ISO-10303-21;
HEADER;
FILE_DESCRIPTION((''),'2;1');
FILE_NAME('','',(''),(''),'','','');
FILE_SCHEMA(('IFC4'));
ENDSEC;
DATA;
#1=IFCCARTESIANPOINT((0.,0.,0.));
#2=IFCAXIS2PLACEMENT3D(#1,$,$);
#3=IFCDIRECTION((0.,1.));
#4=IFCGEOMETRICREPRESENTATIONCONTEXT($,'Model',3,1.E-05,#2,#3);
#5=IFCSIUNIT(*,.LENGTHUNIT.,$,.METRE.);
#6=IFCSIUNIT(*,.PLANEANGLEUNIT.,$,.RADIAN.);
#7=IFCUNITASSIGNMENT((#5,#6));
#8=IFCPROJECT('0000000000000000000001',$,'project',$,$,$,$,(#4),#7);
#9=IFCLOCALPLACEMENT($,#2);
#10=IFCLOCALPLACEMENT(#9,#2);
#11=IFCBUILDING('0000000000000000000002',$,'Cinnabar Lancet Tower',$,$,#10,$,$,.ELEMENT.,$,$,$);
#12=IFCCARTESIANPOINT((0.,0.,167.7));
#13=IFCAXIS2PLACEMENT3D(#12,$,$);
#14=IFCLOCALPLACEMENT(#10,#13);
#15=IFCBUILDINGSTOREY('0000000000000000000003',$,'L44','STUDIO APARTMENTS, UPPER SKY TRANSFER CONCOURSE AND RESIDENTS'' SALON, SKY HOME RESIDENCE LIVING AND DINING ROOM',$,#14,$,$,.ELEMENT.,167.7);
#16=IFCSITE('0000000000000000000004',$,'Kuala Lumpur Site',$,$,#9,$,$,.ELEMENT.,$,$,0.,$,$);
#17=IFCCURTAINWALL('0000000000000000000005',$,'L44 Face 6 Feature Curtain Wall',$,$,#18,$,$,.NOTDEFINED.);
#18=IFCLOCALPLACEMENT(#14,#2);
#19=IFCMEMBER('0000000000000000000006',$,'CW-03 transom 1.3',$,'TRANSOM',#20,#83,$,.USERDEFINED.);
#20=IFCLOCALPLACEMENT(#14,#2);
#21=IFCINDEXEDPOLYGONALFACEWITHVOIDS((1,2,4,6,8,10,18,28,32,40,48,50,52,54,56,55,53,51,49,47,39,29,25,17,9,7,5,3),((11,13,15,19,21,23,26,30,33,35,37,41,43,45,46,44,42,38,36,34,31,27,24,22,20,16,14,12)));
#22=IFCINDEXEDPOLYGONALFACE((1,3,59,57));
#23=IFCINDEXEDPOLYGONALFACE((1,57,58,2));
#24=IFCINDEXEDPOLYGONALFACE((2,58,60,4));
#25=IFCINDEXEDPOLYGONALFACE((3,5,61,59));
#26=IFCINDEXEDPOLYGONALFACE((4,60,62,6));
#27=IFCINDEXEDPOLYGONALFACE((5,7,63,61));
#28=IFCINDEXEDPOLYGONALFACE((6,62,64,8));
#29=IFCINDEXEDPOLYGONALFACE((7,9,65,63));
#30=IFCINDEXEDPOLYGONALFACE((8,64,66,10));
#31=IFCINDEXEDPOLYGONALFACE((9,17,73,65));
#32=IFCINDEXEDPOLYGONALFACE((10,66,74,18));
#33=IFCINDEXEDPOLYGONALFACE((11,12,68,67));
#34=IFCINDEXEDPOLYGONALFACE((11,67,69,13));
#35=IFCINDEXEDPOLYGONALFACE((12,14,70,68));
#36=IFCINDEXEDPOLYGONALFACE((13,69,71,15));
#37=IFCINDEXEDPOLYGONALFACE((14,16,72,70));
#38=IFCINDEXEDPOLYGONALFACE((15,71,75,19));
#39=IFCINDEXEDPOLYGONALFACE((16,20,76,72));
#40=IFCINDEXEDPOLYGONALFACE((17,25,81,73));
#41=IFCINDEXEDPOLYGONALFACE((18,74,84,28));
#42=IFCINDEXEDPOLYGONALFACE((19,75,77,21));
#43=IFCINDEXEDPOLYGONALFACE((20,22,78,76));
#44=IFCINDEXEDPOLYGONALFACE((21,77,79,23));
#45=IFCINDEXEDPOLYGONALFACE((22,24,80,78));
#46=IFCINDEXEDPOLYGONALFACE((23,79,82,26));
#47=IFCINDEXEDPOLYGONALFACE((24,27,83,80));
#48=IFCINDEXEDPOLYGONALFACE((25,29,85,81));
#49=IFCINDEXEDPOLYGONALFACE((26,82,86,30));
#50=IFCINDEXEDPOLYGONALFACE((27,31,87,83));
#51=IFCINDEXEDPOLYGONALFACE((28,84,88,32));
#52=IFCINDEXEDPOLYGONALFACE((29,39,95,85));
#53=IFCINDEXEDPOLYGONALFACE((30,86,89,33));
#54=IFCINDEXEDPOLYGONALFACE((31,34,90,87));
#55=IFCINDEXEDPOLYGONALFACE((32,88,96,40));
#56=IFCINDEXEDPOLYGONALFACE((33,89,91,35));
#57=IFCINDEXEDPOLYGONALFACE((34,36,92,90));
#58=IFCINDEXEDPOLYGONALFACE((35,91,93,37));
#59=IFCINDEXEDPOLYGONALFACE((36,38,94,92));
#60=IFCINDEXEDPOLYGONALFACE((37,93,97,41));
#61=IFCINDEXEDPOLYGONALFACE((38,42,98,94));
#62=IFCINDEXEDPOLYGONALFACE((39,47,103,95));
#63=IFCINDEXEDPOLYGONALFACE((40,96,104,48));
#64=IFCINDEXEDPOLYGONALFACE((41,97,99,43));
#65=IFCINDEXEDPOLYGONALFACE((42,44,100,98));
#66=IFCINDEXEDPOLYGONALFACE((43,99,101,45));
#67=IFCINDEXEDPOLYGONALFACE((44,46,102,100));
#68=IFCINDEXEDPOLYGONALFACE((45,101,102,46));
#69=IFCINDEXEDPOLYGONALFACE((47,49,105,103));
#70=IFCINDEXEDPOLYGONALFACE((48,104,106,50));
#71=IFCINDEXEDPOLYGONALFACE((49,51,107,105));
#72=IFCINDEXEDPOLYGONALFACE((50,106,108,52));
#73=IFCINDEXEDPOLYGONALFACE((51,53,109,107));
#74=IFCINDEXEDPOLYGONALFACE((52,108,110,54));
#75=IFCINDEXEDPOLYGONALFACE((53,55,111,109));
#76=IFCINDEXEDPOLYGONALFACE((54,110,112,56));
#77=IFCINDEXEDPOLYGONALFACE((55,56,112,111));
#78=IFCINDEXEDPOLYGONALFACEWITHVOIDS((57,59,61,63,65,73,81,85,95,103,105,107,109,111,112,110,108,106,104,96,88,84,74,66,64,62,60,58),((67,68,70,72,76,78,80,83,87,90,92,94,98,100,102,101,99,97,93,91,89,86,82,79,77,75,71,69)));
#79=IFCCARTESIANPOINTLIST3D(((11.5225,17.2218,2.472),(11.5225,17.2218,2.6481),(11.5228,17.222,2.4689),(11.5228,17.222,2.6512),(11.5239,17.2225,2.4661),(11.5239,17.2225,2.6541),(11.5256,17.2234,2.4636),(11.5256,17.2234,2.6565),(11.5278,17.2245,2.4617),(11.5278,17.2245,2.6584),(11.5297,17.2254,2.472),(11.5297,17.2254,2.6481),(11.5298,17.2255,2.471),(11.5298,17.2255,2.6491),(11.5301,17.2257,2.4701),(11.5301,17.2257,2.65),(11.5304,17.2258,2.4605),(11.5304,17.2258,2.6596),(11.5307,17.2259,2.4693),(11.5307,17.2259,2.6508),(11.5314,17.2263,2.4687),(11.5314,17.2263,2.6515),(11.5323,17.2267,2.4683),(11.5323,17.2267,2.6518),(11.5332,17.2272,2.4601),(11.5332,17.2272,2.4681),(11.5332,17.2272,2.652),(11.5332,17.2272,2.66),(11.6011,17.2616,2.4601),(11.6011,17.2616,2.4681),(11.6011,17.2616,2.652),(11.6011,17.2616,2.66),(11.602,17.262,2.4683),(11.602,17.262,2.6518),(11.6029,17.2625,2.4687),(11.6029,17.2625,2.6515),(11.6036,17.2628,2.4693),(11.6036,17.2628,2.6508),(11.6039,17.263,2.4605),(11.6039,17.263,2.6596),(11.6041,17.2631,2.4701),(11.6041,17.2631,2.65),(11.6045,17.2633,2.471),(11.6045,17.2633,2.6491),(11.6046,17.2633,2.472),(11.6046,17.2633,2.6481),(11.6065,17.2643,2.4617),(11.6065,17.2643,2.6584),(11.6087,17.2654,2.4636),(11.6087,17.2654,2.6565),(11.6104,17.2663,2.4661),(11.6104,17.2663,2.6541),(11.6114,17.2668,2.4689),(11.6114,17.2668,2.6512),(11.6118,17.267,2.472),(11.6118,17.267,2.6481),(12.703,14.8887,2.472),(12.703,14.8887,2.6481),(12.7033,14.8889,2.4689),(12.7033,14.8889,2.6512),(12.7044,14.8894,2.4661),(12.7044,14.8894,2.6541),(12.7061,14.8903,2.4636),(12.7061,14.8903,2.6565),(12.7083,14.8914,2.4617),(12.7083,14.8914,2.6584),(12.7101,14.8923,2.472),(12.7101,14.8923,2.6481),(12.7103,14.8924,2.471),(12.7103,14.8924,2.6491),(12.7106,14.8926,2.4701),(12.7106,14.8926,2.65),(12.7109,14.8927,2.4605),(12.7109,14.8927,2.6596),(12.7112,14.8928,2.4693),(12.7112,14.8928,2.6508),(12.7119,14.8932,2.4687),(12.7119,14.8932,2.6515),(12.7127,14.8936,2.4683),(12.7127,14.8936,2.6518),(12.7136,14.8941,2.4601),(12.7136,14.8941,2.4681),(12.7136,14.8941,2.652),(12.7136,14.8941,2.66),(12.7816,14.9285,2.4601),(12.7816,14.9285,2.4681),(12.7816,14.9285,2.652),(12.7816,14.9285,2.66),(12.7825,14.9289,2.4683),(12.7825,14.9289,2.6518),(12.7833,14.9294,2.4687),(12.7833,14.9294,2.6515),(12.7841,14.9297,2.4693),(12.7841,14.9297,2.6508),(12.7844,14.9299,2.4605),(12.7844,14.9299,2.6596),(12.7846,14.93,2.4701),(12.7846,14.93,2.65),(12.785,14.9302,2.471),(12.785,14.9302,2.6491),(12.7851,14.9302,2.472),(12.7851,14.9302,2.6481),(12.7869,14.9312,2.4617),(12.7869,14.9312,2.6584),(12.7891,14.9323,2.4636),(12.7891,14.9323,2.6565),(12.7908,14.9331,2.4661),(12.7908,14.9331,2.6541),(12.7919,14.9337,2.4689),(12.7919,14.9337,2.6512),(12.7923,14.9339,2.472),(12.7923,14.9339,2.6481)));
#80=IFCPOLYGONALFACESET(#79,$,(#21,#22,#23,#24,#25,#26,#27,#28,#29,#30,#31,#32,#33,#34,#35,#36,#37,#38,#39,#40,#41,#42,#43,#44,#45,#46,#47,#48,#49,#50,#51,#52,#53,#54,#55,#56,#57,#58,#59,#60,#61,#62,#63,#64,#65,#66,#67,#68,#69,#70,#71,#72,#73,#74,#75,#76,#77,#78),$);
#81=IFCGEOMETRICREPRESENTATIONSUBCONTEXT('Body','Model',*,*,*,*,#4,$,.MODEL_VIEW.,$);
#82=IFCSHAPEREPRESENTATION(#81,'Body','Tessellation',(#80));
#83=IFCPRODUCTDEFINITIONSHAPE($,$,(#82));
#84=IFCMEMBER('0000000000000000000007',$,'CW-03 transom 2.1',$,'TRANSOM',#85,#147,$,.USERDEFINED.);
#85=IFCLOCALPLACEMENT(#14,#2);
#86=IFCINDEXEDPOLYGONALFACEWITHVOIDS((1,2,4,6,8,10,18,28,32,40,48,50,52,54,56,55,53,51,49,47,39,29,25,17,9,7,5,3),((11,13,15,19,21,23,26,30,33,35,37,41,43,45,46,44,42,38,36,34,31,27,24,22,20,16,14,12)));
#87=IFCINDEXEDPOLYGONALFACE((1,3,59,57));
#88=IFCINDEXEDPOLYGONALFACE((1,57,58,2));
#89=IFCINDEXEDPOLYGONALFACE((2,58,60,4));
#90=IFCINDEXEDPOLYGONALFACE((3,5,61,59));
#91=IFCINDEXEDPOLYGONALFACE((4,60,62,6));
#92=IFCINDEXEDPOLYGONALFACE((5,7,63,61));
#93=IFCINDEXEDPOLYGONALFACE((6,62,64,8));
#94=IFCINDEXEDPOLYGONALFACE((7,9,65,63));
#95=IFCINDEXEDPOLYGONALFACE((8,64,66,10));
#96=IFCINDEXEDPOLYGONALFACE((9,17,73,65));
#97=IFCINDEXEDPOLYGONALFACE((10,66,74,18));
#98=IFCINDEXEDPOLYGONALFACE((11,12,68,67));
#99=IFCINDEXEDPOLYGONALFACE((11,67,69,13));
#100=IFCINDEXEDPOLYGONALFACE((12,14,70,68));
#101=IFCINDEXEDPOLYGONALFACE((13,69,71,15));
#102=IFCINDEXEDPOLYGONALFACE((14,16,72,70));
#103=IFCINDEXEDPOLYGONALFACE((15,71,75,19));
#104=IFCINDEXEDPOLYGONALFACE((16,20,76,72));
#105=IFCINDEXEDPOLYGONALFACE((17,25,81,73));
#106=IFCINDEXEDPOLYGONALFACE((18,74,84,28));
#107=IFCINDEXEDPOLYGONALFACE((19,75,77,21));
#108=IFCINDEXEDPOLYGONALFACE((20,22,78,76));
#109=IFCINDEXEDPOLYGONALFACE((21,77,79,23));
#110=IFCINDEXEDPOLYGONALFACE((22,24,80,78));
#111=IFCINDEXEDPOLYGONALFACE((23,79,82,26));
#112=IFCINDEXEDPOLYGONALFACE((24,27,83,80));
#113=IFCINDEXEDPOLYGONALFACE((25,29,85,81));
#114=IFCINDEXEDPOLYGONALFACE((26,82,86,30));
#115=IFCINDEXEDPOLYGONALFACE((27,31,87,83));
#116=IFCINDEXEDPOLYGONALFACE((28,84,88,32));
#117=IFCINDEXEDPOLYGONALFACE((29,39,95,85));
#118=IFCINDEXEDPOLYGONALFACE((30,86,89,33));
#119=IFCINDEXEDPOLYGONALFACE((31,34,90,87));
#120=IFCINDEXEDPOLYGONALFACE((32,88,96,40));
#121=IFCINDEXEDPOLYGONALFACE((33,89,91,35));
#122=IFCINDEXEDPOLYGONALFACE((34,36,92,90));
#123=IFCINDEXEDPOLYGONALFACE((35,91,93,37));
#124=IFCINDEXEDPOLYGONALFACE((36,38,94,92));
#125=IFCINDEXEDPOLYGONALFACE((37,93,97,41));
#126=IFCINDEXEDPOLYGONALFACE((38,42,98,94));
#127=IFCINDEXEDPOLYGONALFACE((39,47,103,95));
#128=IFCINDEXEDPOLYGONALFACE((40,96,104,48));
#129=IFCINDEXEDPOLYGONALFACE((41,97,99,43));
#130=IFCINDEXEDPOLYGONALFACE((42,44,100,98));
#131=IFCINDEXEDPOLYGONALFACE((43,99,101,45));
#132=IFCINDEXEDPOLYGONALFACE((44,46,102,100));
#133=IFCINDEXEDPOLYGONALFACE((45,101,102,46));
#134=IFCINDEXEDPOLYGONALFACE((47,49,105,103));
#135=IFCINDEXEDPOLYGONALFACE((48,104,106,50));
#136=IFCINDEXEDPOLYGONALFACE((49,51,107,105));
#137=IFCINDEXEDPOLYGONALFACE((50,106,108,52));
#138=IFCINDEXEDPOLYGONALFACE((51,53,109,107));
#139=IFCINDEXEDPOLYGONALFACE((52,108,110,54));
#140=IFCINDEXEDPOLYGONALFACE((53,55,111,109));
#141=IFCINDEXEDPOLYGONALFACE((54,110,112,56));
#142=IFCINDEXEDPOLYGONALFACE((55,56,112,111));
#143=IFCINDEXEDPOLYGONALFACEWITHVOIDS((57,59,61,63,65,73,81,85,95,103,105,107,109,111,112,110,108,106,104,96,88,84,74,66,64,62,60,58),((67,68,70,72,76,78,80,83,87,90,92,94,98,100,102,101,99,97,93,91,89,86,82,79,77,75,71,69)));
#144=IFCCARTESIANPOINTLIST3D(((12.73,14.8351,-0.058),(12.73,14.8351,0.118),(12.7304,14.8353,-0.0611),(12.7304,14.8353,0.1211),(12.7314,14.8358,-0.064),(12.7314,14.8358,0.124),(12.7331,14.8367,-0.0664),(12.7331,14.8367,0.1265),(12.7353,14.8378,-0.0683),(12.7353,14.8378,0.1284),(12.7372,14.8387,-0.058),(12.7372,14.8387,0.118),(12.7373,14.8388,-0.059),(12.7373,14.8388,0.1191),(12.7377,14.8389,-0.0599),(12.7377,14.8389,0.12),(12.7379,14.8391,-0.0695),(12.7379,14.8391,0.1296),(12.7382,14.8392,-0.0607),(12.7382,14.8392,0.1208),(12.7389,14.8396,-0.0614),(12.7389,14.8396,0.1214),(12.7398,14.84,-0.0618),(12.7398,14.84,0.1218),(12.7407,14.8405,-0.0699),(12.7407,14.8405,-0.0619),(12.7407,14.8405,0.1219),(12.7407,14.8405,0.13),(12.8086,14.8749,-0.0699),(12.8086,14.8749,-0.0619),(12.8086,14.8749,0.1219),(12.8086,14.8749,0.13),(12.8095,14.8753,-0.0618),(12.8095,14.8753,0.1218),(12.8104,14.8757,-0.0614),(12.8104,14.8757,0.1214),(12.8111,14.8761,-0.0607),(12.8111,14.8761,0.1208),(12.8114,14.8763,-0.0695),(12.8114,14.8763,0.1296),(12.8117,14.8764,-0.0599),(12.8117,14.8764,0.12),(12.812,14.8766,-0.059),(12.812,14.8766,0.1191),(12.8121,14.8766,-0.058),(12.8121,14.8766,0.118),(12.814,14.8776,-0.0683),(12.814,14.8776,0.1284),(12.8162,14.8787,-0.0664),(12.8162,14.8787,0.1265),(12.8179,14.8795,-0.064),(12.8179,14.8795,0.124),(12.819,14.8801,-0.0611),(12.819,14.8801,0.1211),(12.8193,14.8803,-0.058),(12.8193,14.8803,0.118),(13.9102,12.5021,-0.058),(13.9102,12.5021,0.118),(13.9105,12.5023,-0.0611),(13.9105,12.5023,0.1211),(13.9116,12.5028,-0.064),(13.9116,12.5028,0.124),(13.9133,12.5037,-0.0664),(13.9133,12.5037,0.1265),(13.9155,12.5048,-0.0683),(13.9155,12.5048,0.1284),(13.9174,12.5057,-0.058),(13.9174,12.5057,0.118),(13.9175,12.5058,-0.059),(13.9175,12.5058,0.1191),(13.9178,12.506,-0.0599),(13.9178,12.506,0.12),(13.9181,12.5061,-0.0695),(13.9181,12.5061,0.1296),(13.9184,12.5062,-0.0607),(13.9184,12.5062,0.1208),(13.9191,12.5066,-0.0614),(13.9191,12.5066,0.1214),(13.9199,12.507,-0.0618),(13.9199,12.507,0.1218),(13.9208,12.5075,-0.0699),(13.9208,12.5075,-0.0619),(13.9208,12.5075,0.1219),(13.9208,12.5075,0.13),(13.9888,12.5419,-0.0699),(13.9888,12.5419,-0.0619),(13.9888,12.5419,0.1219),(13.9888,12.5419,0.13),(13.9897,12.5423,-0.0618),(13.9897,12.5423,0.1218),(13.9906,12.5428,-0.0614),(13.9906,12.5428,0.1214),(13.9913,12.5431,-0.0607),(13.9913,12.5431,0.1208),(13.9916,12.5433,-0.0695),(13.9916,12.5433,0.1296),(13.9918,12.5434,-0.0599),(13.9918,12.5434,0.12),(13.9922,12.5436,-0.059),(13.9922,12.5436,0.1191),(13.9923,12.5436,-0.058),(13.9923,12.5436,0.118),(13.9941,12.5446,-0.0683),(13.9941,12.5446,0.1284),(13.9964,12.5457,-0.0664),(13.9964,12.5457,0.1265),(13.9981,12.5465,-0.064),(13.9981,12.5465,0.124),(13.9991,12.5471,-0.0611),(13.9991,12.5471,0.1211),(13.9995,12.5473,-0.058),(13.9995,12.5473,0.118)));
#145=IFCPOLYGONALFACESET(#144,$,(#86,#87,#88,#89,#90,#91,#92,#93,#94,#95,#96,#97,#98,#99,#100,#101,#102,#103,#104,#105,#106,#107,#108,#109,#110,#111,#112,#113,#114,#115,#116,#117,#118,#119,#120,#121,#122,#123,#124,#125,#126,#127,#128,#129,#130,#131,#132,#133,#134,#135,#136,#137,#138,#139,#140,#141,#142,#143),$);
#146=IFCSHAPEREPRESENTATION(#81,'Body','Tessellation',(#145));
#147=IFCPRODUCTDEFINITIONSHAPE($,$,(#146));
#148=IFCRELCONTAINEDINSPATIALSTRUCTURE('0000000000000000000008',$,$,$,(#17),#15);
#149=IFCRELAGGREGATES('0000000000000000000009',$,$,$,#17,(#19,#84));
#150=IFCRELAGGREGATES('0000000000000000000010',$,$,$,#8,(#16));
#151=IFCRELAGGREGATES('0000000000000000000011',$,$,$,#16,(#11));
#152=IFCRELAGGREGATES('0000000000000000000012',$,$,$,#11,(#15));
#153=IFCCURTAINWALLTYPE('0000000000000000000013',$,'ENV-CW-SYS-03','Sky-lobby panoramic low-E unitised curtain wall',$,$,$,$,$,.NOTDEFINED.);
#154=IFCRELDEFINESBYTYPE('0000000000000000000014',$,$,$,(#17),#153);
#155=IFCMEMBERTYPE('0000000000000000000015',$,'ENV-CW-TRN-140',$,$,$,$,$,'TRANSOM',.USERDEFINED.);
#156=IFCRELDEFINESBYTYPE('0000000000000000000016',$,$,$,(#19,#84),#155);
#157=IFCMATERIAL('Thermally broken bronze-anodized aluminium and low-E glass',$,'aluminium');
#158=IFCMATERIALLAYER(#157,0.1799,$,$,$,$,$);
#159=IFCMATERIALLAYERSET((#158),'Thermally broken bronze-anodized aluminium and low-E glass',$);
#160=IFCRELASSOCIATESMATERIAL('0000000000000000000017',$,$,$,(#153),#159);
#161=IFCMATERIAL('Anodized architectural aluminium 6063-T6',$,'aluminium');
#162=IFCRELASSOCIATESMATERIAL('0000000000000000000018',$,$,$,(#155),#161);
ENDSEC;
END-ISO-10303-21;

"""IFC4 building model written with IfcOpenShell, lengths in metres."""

from ifc_helpers import new_model, si_unit, direction, frame, origin, origin_2d, place, context, subcontext, project, spatial, hollow_rectangle, extrude, material, layer, layer_set, material_profile, profile_set, type_object, element, aggregate, save


model = new_model("IFC4")

# Units and contexts
model_context = context("Model", 3, precision=1e-05, world=origin(), true_north=direction((0.0, 1.0)))
body_context = subcontext(model_context, "Body", "Model", "MODEL_VIEW")
ifc_project = project(units=[si_unit("LENGTHUNIT", "METRE"), si_unit("PLANEANGLEUNIT", "RADIAN")], contexts=[model_context])

# Site, building, storey
site_placement = place(None, origin())
site = spatial("IfcSite", under=ifc_project, at=site_placement, Name="Kuala Lumpur Site", CompositionType="ELEMENT", RefElevation=0.0)
building_placement = place(site_placement, origin())
building = spatial("IfcBuilding", under=site, at=building_placement, Name="Cinnabar Lancet Tower", CompositionType="ELEMENT")
storey_placement = place(building_placement, frame((0.0, 0.0, 167.7)))
storey = spatial("IfcBuildingStorey", under=building, at=storey_placement, Name="L44", Description="STUDIO APARTMENTS, UPPER SKY TRANSFER CONCOURSE AND RESIDENTS' SALON, SKY HOME RESIDENCE LIVING AND DINING ROOM", CompositionType="ELEMENT", Elevation=167.7)

# Curtain wall, members
ifc_material_1 = material(Name="Thermally broken bronze-anodized aluminium and low-E glass", Category="aluminium")
ifc_layer_1 = layer(ifc_material_1, 0.1799)
ifc_layer_set_1 = layer_set([ifc_layer_1], Name="Thermally broken bronze-anodized aluminium and low-E glass")
curtain_wall_type = type_object("IfcCurtainWallType", Name="ENV-CW-SYS-03", Description="Sky-lobby panoramic low-E unitised curtain wall", PredefinedType="NOTDEFINED", material=ifc_layer_set_1)
curtain_wall_placement = place(storey_placement, origin())
curtain_wall = element("IfcCurtainWall", 1, at=curtain_wall_placement, inside=storey, type_object=curtain_wall_type, Name="L44 Face 6 Feature Curtain Wall", PredefinedType="NOTDEFINED")
ifc_material_2 = material(Name="Anodized architectural aluminium 6063-T6", Category="aluminium")
ifc_material_profile_1 = material_profile(ifc_material_2, hollow_rectangle(XDim=0.1001, YDim=0.2, WallThickness=0.0081, InnerFilletRadius=0.0039, OuterFilletRadius=0.012, at=origin_2d()), Name="RHS 200x100x8")
ifc_profile_set_1 = profile_set([ifc_material_profile_1], Name="Anodized architectural aluminium 6063-T6")
member_type_1 = type_object("IfcMemberType", Name="ENV-CW-TRN-140", ElementType="TRANSOM", PredefinedType="USERDEFINED", material=ifc_profile_set_1)
member_1_placement = place(storey_placement, frame((11.5671, 17.2444, 2.5601), z_axis=(0.451466, -0.892288, 0.0), x_axis=(0.892288, 0.451466, 0.0)))
member_1 = element("IfcMember", 2, at=member_1_placement, type_object=member_type_1, Name="CW-03 transom 1.3", ObjectType="TRANSOM", PredefinedType="USERDEFINED", context=body_context, shape_type="SweptSolid", body=[
    extrude(hollow_rectangle(XDim=0.1001, YDim=0.2, WallThickness=0.0081, InnerFilletRadius=0.0039, OuterFilletRadius=0.012, at=origin_2d()), origin(), (0.0, 0.0, 1.0), 2.6147),
])
member_2_placement = place(storey_placement, frame((12.7747, 14.8577, 0.03), z_axis=(0.451392, -0.892326, 0.0), x_axis=(0.892326, 0.451392, 0.0)))
member_2 = element("IfcMember", 3, at=member_2_placement, type_object=member_type_1, Name="CW-03 transom 2.1", ObjectType="TRANSOM", PredefinedType="USERDEFINED", context=body_context, shape_type="SweptSolid", body=[
    extrude(hollow_rectangle(XDim=0.1001, YDim=0.2, WallThickness=0.0081, InnerFilletRadius=0.0039, OuterFilletRadius=0.012, at=origin_2d()), origin(), (0.0, 0.0, 1.0), 2.6145),
])

aggregate(curtain_wall, [member_1, member_2])

save(model, "model.ifc")
